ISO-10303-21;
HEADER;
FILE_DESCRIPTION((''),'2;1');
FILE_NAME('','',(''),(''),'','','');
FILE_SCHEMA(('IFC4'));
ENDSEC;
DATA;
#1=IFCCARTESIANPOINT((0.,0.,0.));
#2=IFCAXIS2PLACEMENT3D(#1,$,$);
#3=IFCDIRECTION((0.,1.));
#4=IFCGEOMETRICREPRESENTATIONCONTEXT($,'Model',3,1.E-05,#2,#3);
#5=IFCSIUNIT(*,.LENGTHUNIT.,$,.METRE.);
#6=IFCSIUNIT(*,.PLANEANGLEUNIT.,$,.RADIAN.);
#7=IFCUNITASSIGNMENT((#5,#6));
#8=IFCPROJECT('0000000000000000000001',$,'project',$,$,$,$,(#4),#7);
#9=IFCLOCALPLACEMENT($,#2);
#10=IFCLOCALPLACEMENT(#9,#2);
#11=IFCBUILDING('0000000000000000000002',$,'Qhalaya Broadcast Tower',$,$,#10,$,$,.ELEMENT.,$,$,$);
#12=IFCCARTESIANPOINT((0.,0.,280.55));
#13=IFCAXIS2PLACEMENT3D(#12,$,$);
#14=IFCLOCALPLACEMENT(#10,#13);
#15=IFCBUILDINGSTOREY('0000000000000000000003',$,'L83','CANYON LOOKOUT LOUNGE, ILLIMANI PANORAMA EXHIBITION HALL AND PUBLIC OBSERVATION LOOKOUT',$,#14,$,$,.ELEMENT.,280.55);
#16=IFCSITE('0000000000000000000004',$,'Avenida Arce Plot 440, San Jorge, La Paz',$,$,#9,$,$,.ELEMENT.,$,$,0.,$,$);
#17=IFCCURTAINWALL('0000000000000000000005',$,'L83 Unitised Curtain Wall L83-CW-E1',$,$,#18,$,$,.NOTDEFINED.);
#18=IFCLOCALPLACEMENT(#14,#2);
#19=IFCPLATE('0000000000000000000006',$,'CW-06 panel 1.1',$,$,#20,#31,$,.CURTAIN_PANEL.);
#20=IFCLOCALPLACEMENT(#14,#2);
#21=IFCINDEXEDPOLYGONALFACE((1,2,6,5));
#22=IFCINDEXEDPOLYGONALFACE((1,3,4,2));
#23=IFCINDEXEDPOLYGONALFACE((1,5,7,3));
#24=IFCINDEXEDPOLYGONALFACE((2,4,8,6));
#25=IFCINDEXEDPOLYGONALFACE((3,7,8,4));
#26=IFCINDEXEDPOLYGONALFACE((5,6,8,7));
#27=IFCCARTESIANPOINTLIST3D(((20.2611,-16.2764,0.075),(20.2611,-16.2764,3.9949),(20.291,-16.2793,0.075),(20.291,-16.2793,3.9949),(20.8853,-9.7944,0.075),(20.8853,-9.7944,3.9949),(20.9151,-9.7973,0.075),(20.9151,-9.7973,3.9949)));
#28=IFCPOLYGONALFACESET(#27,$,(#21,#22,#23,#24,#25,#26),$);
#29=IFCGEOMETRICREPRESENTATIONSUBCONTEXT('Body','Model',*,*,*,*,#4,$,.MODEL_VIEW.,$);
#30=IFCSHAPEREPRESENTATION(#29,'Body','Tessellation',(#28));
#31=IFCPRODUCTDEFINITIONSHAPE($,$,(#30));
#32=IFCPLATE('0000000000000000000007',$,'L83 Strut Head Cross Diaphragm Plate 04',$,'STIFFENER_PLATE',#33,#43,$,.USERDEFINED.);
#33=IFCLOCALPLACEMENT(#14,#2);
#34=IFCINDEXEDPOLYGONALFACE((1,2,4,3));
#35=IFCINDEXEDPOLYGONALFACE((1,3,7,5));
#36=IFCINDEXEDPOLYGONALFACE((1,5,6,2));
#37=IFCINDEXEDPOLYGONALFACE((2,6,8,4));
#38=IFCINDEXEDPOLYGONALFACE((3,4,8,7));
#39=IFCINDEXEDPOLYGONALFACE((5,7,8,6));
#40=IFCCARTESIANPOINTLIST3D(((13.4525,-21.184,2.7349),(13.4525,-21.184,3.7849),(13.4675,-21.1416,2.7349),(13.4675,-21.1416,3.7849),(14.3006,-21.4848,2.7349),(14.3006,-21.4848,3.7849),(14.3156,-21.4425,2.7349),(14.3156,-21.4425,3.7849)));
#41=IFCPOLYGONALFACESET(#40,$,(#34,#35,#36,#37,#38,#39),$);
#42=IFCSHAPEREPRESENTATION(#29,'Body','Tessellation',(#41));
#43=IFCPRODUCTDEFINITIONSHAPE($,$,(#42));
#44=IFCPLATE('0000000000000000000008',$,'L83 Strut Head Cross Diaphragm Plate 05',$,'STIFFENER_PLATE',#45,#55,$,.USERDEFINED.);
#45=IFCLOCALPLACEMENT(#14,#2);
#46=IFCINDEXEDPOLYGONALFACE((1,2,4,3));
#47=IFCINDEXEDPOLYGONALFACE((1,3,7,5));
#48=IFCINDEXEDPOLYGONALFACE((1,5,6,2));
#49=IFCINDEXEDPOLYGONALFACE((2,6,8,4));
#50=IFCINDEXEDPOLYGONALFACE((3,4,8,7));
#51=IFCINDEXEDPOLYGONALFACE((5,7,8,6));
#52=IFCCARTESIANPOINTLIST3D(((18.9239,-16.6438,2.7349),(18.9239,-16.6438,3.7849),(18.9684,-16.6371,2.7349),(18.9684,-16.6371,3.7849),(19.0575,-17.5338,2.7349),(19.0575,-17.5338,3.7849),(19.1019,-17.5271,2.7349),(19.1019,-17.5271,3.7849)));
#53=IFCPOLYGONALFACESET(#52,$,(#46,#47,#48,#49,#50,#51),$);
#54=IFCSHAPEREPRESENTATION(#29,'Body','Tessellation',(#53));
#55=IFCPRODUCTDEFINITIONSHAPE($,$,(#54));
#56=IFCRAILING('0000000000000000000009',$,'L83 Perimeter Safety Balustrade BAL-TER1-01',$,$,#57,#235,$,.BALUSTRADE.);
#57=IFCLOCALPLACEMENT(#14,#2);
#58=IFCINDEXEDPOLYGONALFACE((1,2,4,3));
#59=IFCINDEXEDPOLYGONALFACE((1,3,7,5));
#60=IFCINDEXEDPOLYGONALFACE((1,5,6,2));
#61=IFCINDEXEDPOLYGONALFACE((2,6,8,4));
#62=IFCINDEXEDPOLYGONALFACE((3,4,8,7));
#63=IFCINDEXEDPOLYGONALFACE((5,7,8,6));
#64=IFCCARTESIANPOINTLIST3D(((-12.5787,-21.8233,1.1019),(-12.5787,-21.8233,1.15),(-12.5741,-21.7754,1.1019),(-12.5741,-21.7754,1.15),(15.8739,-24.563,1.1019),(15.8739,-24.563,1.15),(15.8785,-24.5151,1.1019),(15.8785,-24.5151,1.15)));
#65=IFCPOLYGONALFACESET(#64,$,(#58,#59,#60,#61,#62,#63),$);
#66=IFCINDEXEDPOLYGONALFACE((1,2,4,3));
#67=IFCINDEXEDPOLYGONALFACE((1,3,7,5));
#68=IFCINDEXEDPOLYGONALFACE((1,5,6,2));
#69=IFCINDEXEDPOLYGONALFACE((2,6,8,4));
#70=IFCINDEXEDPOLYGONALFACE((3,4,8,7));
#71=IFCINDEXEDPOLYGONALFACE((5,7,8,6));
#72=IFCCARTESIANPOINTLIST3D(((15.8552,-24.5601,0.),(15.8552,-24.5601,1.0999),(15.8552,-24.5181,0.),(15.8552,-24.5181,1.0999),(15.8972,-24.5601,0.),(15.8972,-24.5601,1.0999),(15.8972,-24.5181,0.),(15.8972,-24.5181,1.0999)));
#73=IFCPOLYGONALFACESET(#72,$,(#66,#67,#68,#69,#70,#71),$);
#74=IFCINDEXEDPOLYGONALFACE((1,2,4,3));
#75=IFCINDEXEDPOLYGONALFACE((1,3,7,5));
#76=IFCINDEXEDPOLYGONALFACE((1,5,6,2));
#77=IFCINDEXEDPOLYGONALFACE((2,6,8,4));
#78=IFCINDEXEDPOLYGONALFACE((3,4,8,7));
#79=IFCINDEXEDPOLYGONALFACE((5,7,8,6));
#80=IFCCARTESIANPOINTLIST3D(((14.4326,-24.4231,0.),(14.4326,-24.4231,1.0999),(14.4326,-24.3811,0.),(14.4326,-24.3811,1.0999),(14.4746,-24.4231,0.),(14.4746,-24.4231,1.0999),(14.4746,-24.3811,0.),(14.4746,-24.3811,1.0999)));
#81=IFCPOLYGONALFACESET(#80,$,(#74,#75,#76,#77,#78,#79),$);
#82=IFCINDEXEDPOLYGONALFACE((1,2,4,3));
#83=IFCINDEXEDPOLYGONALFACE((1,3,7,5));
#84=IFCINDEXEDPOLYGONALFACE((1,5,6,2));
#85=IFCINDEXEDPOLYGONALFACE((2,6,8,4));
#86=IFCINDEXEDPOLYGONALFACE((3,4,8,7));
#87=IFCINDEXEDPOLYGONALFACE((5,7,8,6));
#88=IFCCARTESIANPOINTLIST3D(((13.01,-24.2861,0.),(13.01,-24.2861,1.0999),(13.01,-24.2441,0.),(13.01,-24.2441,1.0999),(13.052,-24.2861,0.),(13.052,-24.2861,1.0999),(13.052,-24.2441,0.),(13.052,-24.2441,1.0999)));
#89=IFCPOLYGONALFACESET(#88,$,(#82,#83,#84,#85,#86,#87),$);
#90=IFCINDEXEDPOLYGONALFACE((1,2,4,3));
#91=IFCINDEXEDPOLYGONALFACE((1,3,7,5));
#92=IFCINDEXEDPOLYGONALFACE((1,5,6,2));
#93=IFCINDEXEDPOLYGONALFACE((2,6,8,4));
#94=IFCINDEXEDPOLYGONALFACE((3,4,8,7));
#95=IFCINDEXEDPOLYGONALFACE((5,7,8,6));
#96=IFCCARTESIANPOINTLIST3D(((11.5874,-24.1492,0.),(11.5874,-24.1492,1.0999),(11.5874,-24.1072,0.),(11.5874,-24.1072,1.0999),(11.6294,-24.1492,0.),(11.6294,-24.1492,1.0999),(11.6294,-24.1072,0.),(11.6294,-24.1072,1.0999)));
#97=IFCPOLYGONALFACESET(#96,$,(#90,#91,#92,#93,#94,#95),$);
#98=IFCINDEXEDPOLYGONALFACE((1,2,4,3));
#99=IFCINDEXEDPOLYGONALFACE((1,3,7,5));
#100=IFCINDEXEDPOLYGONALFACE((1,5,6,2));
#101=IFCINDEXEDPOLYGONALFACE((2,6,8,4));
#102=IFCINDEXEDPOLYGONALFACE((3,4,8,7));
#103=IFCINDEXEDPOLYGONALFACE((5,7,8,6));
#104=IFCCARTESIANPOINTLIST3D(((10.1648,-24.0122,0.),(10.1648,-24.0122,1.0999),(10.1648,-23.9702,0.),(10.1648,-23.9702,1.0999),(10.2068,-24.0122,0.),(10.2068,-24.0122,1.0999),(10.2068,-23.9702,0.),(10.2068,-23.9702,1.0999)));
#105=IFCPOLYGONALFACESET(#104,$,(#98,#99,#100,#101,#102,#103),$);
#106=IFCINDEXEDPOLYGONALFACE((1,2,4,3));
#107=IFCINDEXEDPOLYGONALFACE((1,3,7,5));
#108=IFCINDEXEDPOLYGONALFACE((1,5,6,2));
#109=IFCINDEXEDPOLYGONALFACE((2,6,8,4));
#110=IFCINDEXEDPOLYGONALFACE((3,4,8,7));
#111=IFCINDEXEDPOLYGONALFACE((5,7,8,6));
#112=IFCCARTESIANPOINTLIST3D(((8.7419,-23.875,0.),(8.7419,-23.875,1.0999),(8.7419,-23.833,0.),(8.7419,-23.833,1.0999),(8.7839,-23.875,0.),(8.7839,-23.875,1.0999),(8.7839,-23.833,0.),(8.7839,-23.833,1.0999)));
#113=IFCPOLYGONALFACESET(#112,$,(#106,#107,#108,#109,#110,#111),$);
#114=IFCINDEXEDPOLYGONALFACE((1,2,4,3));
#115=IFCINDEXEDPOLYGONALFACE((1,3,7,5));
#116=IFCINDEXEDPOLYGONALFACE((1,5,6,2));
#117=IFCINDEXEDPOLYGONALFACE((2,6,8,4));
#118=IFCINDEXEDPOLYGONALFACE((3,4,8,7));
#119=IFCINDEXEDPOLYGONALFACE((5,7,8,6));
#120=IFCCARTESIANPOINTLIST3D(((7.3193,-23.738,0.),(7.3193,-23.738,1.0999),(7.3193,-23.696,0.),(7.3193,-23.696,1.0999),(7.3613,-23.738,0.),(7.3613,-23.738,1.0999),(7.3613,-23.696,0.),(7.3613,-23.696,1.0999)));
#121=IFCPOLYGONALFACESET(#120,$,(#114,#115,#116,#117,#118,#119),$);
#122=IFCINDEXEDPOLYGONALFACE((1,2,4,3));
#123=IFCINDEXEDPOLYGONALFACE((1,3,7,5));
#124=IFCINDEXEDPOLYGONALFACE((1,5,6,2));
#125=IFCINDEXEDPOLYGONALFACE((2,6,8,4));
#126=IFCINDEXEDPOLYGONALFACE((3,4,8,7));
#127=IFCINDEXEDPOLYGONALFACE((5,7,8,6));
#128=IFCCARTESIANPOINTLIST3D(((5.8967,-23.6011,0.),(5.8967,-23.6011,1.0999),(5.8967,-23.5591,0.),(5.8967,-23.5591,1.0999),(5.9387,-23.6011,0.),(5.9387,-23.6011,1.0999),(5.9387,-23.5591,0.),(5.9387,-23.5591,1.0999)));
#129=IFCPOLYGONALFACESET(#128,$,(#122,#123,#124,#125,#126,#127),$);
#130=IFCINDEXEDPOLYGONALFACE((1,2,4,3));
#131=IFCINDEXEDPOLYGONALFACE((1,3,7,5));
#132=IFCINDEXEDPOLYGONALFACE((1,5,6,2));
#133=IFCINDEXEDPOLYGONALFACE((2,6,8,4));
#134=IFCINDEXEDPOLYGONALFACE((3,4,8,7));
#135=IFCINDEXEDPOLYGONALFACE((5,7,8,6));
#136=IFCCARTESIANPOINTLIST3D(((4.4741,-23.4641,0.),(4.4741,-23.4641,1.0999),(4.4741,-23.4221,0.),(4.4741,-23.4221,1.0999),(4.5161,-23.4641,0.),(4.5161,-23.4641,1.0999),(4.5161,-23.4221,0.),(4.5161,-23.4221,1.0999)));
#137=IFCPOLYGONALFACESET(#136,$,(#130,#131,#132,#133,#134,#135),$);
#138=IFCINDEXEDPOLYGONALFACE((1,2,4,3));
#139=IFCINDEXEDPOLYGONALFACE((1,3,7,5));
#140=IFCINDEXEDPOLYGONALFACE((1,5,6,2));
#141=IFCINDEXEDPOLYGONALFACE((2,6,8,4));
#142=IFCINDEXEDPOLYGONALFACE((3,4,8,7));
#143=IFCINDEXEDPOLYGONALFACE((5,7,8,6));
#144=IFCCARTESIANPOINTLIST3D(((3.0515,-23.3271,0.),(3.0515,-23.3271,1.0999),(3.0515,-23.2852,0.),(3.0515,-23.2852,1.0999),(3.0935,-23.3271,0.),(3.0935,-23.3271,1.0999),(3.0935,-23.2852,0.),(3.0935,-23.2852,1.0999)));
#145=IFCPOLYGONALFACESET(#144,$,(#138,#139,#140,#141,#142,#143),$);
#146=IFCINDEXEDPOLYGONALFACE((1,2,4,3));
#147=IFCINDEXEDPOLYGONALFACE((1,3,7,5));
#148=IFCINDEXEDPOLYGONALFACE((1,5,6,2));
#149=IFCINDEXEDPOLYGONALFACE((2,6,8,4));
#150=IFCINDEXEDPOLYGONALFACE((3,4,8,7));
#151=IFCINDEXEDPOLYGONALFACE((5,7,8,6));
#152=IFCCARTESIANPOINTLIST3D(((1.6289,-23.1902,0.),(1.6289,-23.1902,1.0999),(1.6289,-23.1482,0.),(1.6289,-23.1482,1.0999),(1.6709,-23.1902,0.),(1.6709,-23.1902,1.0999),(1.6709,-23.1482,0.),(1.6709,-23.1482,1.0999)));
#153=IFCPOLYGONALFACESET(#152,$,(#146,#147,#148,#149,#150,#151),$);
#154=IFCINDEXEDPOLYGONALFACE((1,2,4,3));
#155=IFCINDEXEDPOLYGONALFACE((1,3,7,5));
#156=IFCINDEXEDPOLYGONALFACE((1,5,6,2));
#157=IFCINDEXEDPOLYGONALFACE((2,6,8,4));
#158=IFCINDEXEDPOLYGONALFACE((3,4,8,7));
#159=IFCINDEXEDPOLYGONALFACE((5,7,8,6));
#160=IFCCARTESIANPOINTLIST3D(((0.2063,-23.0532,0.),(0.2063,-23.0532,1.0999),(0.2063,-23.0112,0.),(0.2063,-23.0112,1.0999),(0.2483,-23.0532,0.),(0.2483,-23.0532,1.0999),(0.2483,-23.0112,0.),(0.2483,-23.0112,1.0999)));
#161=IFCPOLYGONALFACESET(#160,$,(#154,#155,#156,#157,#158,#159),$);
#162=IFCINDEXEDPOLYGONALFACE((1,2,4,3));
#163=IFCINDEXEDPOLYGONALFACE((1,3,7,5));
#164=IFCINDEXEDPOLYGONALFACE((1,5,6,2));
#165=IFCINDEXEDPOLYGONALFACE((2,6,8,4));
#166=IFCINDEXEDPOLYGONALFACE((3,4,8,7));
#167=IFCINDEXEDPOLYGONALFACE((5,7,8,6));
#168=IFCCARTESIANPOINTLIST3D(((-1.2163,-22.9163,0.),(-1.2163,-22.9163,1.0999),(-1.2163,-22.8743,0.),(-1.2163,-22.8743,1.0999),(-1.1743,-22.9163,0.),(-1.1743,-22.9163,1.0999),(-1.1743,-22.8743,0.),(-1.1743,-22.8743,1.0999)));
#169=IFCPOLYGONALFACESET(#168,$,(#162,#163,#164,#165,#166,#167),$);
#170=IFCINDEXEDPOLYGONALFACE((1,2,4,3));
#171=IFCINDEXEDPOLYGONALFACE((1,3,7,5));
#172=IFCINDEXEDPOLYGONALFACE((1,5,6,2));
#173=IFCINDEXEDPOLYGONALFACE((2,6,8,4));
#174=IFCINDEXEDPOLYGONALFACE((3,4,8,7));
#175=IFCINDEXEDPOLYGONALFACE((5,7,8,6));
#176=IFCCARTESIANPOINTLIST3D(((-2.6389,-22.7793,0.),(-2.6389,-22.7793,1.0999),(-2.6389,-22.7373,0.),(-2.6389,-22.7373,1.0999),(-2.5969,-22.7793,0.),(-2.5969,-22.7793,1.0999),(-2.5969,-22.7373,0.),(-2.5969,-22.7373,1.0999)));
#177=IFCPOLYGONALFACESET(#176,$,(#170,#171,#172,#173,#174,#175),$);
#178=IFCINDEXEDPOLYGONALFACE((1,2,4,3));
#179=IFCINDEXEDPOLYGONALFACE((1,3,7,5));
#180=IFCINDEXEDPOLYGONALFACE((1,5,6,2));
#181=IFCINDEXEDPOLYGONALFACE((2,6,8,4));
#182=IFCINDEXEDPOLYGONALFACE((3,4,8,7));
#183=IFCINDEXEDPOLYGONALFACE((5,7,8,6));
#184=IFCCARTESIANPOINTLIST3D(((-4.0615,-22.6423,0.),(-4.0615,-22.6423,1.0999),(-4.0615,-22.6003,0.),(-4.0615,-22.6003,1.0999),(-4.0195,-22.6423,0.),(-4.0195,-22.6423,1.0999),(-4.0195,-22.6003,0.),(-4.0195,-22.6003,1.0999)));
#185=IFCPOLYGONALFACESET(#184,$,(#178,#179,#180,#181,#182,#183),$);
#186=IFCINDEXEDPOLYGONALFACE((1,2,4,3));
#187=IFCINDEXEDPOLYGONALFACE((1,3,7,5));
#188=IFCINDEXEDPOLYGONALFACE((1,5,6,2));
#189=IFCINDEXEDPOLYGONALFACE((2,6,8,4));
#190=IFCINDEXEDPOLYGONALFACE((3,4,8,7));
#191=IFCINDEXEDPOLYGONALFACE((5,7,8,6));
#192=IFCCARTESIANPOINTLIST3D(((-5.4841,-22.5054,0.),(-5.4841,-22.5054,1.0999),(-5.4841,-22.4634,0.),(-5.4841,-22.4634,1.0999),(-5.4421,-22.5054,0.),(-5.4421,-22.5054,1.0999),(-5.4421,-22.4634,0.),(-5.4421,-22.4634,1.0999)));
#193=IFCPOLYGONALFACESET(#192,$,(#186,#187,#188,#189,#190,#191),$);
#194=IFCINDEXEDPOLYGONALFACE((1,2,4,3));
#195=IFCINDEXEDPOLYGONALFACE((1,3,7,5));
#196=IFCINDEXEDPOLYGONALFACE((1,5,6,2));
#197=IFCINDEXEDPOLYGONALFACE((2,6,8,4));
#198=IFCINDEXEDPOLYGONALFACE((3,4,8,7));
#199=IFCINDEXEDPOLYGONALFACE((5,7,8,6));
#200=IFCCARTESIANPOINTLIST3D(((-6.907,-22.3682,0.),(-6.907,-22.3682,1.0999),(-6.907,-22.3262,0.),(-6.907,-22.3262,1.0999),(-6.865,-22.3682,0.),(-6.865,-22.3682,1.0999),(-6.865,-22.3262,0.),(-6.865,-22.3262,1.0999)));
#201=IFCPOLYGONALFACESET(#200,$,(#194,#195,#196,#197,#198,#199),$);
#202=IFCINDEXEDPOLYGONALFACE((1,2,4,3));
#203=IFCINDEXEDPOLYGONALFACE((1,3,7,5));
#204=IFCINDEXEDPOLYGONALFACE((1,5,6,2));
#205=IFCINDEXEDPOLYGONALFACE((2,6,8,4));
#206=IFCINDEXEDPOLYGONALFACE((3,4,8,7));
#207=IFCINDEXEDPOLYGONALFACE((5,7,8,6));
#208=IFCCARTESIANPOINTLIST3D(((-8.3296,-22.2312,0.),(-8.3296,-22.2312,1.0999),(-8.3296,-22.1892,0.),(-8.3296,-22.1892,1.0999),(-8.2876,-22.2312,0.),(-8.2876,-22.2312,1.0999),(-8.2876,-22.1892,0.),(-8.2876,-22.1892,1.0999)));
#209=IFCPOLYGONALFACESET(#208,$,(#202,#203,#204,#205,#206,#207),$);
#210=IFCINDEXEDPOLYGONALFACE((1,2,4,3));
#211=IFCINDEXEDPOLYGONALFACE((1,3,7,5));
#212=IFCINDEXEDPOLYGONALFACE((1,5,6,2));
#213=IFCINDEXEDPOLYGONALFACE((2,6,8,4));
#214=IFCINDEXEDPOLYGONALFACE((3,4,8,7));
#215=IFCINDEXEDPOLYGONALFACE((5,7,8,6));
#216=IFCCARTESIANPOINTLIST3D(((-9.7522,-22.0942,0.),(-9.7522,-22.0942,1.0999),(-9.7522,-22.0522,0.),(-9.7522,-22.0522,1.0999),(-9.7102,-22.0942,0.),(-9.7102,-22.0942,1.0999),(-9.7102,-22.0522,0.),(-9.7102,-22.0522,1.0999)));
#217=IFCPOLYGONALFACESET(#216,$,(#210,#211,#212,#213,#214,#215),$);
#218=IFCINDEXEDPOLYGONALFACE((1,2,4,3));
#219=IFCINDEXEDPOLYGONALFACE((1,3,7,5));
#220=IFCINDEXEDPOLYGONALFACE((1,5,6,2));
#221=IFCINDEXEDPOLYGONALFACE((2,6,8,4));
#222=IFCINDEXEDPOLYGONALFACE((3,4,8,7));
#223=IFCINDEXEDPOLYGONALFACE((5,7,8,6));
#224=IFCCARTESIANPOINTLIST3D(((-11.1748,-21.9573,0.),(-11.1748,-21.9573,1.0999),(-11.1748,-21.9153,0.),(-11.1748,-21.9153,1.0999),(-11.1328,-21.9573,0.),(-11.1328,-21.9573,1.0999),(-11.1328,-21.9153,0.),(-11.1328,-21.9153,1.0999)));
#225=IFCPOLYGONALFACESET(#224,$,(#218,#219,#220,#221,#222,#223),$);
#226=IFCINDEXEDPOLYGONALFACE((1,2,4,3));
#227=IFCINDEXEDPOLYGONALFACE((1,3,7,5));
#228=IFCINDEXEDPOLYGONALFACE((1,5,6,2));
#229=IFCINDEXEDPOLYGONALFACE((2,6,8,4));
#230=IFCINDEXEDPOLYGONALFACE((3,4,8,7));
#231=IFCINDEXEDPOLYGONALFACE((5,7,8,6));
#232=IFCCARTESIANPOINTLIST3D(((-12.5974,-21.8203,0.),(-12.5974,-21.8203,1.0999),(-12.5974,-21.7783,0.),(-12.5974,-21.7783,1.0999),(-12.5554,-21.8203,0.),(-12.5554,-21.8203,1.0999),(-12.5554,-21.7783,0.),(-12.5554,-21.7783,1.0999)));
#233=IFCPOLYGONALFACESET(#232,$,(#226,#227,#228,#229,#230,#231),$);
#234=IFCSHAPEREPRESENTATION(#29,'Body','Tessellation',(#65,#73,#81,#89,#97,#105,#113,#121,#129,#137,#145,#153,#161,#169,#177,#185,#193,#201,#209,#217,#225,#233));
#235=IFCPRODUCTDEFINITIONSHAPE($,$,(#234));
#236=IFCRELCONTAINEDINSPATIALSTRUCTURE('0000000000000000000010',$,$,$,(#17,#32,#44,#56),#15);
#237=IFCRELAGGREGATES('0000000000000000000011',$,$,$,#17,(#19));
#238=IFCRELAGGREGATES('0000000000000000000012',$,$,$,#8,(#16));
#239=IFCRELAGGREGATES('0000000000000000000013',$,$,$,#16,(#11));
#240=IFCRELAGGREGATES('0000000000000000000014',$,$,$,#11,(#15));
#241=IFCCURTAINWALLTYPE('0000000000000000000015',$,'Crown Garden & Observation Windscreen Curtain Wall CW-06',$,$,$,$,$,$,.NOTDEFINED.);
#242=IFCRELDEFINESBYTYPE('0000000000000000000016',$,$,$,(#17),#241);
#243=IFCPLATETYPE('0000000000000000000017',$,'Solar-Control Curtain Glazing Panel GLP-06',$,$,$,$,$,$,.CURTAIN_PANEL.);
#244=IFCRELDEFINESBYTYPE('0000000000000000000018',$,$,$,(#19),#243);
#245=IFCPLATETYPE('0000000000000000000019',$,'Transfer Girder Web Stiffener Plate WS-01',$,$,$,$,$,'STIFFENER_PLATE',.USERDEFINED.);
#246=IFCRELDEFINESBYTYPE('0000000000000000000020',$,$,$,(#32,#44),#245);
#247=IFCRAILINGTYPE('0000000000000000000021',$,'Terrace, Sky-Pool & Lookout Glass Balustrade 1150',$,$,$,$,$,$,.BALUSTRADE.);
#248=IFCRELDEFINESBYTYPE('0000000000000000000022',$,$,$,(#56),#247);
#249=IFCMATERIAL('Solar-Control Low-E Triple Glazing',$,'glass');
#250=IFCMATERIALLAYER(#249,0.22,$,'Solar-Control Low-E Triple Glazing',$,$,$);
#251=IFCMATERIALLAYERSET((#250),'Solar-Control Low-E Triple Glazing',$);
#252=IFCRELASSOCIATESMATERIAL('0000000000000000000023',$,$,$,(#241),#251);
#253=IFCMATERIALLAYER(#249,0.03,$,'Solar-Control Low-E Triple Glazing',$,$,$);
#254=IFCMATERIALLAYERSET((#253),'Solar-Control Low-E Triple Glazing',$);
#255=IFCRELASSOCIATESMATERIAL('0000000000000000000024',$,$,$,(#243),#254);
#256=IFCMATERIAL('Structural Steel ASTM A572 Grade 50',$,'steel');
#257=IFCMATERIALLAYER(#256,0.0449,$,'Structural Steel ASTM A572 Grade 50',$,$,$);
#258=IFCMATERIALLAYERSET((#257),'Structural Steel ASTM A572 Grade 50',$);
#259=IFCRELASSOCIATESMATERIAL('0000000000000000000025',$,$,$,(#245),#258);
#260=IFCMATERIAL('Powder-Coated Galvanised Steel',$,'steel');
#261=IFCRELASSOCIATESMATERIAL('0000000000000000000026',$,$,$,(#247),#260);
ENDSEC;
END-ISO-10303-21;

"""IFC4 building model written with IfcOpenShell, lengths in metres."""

from ifc_helpers import new_model, si_unit, direction, frame, origin, origin_2d, place, context, subcontext, project, spatial, rectangle, extrude, material, layer, layer_set, type_object, element, aggregate, save


model = new_model("IFC4")

# Units and contexts
model_context = context("Model", 3, precision=1e-05, world=origin(), true_north=direction((0.0, 1.0)))
body_context = subcontext(model_context, "Body", "Model", "MODEL_VIEW")
ifc_project = project(units=[si_unit("LENGTHUNIT", "METRE"), si_unit("PLANEANGLEUNIT", "RADIAN")], contexts=[model_context])

# Site, building, storey
site_placement = place(None, origin())
site = spatial("IfcSite", under=ifc_project, at=site_placement, Name="Avenida Arce Plot 440, San Jorge, La Paz", CompositionType="ELEMENT", RefElevation=0.0)
building_placement = place(site_placement, origin())
building = spatial("IfcBuilding", under=site, at=building_placement, Name="Qhalaya Broadcast Tower", CompositionType="ELEMENT")
storey_placement = place(building_placement, frame((0.0, 0.0, 280.55)))
storey = spatial("IfcBuildingStorey", under=building, at=storey_placement, Name="L83", Description="CANYON LOOKOUT LOUNGE, ILLIMANI PANORAMA EXHIBITION HALL AND PUBLIC OBSERVATION LOOKOUT", CompositionType="ELEMENT", Elevation=280.55)

# Shared definitions
ifc_material_1 = material(Name="Structural Steel ASTM A572 Grade 50", Category="steel")

# Curtain wall
ifc_material_2 = material(Name="Solar-Control Low-E Triple Glazing", Category="glass")
ifc_layer_1 = layer(ifc_material_2, 0.22, Name="Solar-Control Low-E Triple Glazing")
ifc_layer_set_1 = layer_set([ifc_layer_1], Name="Solar-Control Low-E Triple Glazing")
curtain_wall_type = type_object("IfcCurtainWallType", Name="Crown Garden & Observation Windscreen Curtain Wall CW-06", PredefinedType="NOTDEFINED", material=ifc_layer_set_1)
curtain_wall_placement = place(storey_placement, origin())
curtain_wall = element("IfcCurtainWall", 1, at=curtain_wall_placement, inside=storey, type_object=curtain_wall_type, Name="L83 Unitised Curtain Wall L83-CW-E1", PredefinedType="NOTDEFINED")

# Plate
ifc_layer_2 = layer(ifc_material_2, 0.03, Name="Solar-Control Low-E Triple Glazing")
ifc_layer_set_2 = layer_set([ifc_layer_2], Name="Solar-Control Low-E Triple Glazing")
plate_type_1 = type_object("IfcPlateType", Name="Solar-Control Curtain Glazing Panel GLP-06", PredefinedType="CURTAIN_PANEL", material=ifc_layer_set_2)
plate_1_placement = place(storey_placement, frame((20.5881, -13.0369, 0.075), z_axis=(0.0, 0.0, 1.0), x_axis=(0.095843, 0.995397, 0.0)))
plate_1 = element("IfcPlate", 2, at=plate_1_placement, type_object=plate_type_1, Name="CW-06 panel 1.1", PredefinedType="CURTAIN_PANEL", context=body_context, shape_type="SweptSolid", body=[
    extrude(rectangle(XDim=6.512, YDim=0.03, at=origin_2d()), origin(), (0.0, 0.0, 1.0), 3.9199),
])
aggregate(curtain_wall, [plate_1])

# Plates
ifc_layer_3 = layer(ifc_material_1, 0.0449, Name="Structural Steel ASTM A572 Grade 50")
ifc_layer_set_3 = layer_set([ifc_layer_3], Name="Structural Steel ASTM A572 Grade 50")
plate_type_2 = type_object("IfcPlateType", Name="Transfer Girder Web Stiffener Plate WS-01", ElementType="STIFFENER_PLATE", PredefinedType="USERDEFINED", material=ifc_layer_set_3)
for number, where, z_axis, x_axis, name in (
    (3, (13.884, -21.3132, 2.7349), (0.0, 0.0, 1.0), (-0.942443, 0.334366, 0.0), "L83 Strut Head Cross Diaphragm Plate 04"),
    (4, (19.0129, -17.0854, 2.7349), (0.0, 0.0, 1.0), (0.148431, -0.988923, 0.0), "L83 Strut Head Cross Diaphragm Plate 05"),
):
    element("IfcPlate", number, at=place(storey_placement, frame(where, z_axis=z_axis, x_axis=x_axis)), inside=storey, type_object=plate_type_2, Name=name, ObjectType="STIFFENER_PLATE", PredefinedType="USERDEFINED", context=body_context, shape_type="SweptSolid", body=[
        extrude(rectangle(XDim=0.8999, YDim=0.0449, at=origin_2d()), origin(), (0.0, 0.0, 1.0), 1.05),
    ])

# Railing
ifc_material_3 = material(Name="Powder-Coated Galvanised Steel", Category="steel")
railing_type = type_object("IfcRailingType", Name="Terrace, Sky-Pool & Lookout Glass Balustrade 1150", PredefinedType="BALUSTRADE", material=ifc_material_3)
railing_1_placement = place(storey_placement, frame((15.8762, -24.5391, 0.0)))
element("IfcRailing", 5, at=railing_1_placement, inside=storey, type_object=railing_type, Name="L83 Perimeter Safety Balustrade BAL-TER1-01", PredefinedType="BALUSTRADE", context=body_context, shape_type="SweptSolid", body=[
    extrude(rectangle(XDim=0.0481, YDim=0.0481, at=origin_2d()), frame((0.0, 0.0, 1.126), z_axis=(-0.995396, 0.095848, 0.0), x_axis=(-0.095848, -0.995396, 0.0)), (0.0, 0.0, 1.0), 28.5842),
    extrude(rectangle(XDim=0.042, YDim=0.042, at=origin_2d()), origin(), (0.0, 0.0, 1.0), 1.0999),
    extrude(rectangle(XDim=0.042, YDim=0.042, at=origin_2d()), frame((-1.4226, 0.137, 0.0)), (0.0, 0.0, 1.0), 1.0999),
    extrude(rectangle(XDim=0.042, YDim=0.042, at=origin_2d()), frame((-2.8452, 0.2739, 0.0)), (0.0, 0.0, 1.0), 1.0999),
    extrude(rectangle(XDim=0.042, YDim=0.042, at=origin_2d()), frame((-4.2678, 0.4109, 0.0)), (0.0, 0.0, 1.0), 1.0999),
    extrude(rectangle(XDim=0.042, YDim=0.042, at=origin_2d()), frame((-5.6904, 0.5479, 0.0)), (0.0, 0.0, 1.0), 1.0999),
    extrude(rectangle(XDim=0.042, YDim=0.042, at=origin_2d()), frame((-7.1133, 0.6851, 0.0)), (0.0, 0.0, 1.0), 1.0999),
    extrude(rectangle(XDim=0.042, YDim=0.042, at=origin_2d()), frame((-8.5359, 0.822, 0.0)), (0.0, 0.0, 1.0), 1.0999),
    extrude(rectangle(XDim=0.042, YDim=0.042, at=origin_2d()), frame((-9.9585, 0.959, 0.0)), (0.0, 0.0, 1.0), 1.0999),
    extrude(rectangle(XDim=0.042, YDim=0.042, at=origin_2d()), frame((-11.3811, 1.0959, 0.0)), (0.0, 0.0, 1.0), 1.0999),
    extrude(rectangle(XDim=0.042, YDim=0.042, at=origin_2d()), frame((-12.8037, 1.2329, 0.0)), (0.0, 0.0, 1.0), 1.0999),
    extrude(rectangle(XDim=0.042, YDim=0.042, at=origin_2d()), frame((-14.2263, 1.3699, 0.0)), (0.0, 0.0, 1.0), 1.0999),
    extrude(rectangle(XDim=0.042, YDim=0.042, at=origin_2d()), frame((-15.6489, 1.5068, 0.0)), (0.0, 0.0, 1.0), 1.0999),
    extrude(rectangle(XDim=0.042, YDim=0.042, at=origin_2d()), frame((-17.0715, 1.6438, 0.0)), (0.0, 0.0, 1.0), 1.0999),
    extrude(rectangle(XDim=0.042, YDim=0.042, at=origin_2d()), frame((-18.4941, 1.7808, 0.0)), (0.0, 0.0, 1.0), 1.0999),
    extrude(rectangle(XDim=0.042, YDim=0.042, at=origin_2d()), frame((-19.9167, 1.9177, 0.0)), (0.0, 0.0, 1.0), 1.0999),
    extrude(rectangle(XDim=0.042, YDim=0.042, at=origin_2d()), frame((-21.3394, 2.0547, 0.0)), (0.0, 0.0, 1.0), 1.0999),
    extrude(rectangle(XDim=0.042, YDim=0.042, at=origin_2d()), frame((-22.7622, 2.1919, 0.0)), (0.0, 0.0, 1.0), 1.0999),
    extrude(rectangle(XDim=0.042, YDim=0.042, at=origin_2d()), frame((-24.1848, 2.3289, 0.0)), (0.0, 0.0, 1.0), 1.0999),
    extrude(rectangle(XDim=0.042, YDim=0.042, at=origin_2d()), frame((-25.6074, 2.4658, 0.0)), (0.0, 0.0, 1.0), 1.0999),
    extrude(rectangle(XDim=0.042, YDim=0.042, at=origin_2d()), frame((-27.03, 2.6028, 0.0)), (0.0, 0.0, 1.0), 1.0999),
    extrude(rectangle(XDim=0.042, YDim=0.042, at=origin_2d()), frame((-28.4526, 2.7397, 0.0)), (0.0, 0.0, 1.0), 1.0999),
])

save(model, "model.ifc")
